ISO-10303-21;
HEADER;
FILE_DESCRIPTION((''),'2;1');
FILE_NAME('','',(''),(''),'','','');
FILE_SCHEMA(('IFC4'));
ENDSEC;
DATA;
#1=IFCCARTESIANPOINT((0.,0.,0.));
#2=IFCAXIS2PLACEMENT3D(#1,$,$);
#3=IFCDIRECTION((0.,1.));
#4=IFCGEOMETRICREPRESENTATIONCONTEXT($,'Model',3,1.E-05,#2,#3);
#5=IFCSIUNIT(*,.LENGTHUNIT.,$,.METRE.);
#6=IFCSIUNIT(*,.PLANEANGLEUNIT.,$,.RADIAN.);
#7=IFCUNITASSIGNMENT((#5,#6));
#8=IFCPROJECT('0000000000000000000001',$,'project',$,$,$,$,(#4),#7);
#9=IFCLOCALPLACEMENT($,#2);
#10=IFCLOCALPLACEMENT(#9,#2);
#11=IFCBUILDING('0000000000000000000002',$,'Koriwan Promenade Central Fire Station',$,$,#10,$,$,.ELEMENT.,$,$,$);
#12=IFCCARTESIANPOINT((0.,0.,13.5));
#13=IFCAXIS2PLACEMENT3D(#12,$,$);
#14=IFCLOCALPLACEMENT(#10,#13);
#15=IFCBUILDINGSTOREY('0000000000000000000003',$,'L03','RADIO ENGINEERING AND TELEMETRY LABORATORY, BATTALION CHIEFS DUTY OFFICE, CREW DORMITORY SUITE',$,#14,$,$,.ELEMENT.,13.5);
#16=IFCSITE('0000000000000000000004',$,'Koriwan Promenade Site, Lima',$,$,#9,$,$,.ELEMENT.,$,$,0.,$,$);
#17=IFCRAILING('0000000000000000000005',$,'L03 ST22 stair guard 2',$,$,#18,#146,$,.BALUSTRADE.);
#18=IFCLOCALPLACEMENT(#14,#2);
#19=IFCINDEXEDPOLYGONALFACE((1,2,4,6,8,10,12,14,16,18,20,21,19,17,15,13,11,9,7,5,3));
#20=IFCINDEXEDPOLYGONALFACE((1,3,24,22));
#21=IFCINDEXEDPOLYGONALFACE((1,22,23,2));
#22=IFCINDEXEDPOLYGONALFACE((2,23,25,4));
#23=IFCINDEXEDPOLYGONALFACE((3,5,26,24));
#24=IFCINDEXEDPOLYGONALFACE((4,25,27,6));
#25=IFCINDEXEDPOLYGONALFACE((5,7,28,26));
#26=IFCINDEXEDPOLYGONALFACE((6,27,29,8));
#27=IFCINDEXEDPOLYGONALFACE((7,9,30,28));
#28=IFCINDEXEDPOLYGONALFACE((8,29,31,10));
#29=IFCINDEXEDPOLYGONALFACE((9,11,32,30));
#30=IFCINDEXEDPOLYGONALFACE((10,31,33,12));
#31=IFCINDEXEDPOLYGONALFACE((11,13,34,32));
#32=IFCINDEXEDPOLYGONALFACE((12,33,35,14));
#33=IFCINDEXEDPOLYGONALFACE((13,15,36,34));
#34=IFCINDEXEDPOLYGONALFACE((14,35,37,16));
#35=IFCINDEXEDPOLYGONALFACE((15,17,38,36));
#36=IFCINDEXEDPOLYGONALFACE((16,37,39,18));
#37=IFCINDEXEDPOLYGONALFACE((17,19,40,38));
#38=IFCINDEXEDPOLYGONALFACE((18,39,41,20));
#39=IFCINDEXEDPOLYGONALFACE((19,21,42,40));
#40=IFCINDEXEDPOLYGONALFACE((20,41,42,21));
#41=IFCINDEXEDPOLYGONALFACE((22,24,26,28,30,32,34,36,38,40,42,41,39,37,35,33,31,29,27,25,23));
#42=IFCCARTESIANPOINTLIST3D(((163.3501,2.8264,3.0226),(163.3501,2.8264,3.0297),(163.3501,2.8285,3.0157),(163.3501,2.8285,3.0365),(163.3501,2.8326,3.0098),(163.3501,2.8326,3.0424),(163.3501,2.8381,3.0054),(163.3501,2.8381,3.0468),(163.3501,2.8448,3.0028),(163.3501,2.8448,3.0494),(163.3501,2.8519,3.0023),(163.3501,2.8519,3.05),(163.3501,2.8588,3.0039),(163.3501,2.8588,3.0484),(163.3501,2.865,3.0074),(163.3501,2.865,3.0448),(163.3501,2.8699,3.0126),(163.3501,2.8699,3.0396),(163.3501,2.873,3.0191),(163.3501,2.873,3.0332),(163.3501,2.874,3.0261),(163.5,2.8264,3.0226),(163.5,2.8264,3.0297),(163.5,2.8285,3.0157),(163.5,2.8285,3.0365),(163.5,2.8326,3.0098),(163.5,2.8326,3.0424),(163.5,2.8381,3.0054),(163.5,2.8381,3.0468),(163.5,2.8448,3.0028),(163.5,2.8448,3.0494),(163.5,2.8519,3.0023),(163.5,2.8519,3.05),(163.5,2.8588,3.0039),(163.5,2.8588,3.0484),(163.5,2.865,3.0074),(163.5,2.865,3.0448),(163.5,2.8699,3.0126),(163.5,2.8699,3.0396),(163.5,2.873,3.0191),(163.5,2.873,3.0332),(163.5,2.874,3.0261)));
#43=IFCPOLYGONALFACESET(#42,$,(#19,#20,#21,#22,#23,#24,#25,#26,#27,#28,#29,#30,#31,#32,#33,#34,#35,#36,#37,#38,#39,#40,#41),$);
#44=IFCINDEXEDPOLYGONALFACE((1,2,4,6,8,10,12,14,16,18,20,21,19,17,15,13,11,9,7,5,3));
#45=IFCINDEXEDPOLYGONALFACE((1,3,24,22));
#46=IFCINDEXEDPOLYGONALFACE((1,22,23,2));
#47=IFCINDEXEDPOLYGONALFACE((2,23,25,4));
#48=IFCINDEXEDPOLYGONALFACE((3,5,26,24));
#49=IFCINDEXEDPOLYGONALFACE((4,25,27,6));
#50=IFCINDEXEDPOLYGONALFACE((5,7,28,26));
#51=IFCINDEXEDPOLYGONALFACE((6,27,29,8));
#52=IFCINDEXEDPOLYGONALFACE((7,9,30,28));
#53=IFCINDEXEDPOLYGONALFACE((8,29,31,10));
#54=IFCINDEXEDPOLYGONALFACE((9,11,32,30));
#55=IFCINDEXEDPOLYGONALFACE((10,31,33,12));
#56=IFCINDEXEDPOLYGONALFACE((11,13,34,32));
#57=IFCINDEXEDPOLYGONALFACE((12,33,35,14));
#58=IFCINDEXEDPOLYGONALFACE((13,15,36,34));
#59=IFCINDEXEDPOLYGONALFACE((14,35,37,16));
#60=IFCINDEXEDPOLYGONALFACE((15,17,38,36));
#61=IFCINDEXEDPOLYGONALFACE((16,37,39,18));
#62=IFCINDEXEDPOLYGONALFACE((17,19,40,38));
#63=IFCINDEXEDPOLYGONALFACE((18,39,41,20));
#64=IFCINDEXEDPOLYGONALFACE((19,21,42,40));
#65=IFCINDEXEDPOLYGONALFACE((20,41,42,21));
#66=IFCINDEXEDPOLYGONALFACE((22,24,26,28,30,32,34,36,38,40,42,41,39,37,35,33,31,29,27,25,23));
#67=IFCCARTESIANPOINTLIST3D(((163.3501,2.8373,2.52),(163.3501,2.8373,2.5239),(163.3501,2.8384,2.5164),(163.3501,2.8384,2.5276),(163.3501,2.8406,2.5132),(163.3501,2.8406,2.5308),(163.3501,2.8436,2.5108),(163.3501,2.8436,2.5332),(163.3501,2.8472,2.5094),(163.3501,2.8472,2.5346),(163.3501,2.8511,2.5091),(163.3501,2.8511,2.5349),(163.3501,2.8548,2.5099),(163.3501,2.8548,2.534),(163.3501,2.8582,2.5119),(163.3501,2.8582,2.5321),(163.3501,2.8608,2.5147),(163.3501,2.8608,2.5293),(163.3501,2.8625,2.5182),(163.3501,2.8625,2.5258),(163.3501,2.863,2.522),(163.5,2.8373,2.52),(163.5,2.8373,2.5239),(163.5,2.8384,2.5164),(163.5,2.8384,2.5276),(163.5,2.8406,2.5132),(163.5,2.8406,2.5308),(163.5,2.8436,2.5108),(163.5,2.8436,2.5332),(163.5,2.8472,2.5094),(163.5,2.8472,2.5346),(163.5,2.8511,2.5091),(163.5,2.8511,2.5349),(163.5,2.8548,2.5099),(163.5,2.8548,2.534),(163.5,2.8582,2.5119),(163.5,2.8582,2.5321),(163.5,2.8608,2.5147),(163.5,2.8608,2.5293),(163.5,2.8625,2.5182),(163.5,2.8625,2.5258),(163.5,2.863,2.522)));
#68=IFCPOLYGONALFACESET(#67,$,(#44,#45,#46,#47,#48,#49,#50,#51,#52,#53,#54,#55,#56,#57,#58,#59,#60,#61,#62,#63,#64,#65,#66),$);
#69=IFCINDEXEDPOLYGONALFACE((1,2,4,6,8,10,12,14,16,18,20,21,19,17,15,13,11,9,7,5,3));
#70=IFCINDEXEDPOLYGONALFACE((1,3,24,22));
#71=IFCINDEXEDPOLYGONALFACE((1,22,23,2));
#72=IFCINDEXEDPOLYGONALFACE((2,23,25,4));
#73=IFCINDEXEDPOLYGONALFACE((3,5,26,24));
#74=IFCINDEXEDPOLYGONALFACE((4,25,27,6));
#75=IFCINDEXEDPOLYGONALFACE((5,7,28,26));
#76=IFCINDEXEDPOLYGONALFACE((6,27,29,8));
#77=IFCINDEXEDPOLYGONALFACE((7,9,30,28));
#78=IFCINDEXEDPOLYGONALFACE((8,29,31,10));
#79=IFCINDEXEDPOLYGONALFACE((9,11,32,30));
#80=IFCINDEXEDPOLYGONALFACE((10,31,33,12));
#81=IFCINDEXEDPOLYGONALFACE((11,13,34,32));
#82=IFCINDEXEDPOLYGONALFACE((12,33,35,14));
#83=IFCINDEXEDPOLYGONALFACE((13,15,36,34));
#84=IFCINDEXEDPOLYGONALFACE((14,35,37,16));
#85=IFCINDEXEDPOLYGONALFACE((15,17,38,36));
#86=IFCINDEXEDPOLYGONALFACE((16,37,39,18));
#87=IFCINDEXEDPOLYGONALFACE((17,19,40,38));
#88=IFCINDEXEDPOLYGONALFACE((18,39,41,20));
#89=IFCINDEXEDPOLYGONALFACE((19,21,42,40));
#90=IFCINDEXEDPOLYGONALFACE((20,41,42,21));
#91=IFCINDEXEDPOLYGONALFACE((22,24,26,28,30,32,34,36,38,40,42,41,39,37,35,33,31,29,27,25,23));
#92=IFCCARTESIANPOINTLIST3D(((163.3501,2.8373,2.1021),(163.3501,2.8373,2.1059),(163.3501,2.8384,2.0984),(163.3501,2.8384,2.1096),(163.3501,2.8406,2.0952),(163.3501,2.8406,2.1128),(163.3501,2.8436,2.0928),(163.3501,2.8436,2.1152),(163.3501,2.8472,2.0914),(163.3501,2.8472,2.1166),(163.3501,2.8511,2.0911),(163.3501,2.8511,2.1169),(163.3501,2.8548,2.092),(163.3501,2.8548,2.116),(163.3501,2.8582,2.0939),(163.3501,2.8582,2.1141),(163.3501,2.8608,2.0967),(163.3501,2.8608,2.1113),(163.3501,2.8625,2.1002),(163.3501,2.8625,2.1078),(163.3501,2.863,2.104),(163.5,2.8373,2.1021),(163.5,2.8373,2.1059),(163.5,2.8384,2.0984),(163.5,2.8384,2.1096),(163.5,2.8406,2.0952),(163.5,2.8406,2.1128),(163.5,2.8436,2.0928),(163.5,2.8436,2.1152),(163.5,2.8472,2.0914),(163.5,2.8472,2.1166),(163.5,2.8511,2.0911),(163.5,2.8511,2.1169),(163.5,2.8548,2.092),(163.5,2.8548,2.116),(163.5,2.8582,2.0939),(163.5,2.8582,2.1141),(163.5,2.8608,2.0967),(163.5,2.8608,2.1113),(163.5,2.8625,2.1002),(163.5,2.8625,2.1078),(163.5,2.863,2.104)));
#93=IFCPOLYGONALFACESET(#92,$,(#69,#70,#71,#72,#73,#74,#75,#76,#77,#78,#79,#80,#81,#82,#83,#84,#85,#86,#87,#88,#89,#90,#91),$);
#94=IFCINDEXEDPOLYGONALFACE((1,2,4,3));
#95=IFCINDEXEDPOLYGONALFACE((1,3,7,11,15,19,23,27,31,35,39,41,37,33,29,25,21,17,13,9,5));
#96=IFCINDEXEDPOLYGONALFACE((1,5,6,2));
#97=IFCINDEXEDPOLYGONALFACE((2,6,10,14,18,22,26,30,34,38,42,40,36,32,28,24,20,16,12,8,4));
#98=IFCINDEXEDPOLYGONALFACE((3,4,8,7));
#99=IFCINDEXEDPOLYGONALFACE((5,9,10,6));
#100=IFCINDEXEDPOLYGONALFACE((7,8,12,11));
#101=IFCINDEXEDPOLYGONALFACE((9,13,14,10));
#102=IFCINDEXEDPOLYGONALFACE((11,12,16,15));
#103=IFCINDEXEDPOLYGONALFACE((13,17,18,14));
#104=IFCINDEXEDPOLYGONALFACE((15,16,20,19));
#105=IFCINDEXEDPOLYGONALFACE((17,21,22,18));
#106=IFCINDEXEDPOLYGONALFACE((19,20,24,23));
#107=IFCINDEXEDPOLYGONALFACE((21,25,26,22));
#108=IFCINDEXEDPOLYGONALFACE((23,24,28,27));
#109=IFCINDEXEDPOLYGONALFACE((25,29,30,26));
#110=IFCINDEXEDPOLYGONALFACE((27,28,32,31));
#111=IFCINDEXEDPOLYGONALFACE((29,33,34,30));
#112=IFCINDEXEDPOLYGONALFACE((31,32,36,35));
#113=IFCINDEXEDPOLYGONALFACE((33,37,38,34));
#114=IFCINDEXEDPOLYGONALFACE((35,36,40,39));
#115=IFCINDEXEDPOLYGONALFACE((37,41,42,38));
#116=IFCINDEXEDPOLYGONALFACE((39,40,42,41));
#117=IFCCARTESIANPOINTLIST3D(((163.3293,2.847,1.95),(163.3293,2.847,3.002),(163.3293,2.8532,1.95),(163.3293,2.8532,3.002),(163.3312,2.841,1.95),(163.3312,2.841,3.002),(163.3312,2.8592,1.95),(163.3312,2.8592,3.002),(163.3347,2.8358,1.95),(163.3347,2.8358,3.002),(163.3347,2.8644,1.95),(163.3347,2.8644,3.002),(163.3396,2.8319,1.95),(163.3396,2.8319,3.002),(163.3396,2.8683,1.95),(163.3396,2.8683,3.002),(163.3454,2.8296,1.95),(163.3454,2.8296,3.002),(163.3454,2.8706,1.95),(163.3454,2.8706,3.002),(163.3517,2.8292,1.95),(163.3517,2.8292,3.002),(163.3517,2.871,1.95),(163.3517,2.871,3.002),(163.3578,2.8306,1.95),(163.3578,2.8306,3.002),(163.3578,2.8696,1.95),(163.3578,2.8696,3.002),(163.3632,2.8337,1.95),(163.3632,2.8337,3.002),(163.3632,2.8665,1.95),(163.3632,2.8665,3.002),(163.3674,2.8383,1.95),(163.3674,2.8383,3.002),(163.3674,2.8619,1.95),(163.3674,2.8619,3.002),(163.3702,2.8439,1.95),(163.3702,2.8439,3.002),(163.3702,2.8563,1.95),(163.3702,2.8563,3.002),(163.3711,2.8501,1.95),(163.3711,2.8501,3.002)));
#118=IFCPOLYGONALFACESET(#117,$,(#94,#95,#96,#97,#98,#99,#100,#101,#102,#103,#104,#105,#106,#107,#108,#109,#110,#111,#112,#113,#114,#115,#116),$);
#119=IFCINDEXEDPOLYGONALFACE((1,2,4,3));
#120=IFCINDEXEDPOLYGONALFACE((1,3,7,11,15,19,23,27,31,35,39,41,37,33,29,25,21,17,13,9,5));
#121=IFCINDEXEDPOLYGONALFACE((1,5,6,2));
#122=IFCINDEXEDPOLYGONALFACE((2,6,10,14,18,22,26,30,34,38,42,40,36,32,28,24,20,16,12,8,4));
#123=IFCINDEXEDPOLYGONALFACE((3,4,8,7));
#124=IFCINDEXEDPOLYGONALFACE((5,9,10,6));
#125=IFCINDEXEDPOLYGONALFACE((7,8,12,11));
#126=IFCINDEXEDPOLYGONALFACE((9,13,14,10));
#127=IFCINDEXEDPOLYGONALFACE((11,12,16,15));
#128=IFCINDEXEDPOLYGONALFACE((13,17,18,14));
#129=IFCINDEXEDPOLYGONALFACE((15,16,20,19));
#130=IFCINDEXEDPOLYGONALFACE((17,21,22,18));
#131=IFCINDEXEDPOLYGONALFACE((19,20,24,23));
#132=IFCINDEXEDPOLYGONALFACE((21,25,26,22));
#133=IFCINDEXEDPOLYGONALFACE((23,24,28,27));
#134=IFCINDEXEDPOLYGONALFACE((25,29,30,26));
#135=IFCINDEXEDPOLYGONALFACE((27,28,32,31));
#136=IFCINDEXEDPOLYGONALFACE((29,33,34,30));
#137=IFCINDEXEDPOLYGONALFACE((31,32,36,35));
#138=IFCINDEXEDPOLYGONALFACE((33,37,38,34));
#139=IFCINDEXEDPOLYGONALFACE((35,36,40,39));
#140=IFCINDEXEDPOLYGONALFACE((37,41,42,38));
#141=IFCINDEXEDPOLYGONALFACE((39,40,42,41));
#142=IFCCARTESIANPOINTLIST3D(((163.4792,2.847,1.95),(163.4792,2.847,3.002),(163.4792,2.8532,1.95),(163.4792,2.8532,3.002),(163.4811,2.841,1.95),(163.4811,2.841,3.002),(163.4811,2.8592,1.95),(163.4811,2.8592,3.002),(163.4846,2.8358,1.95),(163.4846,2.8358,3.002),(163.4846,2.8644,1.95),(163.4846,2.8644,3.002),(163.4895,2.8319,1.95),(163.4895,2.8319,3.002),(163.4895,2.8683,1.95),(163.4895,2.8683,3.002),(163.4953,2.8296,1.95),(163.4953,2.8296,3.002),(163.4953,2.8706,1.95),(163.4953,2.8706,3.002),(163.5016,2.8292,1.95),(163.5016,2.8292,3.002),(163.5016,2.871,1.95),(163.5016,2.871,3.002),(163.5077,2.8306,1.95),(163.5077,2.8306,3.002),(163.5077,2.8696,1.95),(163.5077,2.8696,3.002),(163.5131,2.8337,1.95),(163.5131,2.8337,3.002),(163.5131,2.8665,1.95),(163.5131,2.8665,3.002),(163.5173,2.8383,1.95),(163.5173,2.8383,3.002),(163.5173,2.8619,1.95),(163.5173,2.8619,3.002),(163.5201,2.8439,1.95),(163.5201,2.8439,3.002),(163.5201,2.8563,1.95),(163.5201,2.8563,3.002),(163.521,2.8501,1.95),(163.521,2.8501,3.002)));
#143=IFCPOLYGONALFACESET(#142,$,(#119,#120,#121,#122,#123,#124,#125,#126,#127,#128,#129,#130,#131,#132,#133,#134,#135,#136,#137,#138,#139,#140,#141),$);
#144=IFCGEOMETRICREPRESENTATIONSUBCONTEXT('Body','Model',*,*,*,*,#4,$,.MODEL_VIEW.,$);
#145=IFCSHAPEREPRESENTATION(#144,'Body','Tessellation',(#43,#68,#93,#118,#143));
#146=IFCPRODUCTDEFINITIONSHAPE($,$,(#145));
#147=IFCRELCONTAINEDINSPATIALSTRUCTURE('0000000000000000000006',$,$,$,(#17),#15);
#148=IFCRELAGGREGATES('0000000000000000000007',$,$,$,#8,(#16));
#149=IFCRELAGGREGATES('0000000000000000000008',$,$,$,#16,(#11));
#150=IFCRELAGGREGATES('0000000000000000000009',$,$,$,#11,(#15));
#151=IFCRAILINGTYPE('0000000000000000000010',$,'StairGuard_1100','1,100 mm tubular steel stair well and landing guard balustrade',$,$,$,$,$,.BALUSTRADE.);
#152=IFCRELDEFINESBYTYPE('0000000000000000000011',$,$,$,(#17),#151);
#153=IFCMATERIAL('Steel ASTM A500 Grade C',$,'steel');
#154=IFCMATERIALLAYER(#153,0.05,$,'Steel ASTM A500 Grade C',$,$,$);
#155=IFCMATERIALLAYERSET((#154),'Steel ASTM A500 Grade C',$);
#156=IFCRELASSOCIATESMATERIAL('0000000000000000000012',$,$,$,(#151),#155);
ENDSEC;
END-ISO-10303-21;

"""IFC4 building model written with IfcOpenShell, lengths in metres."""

from ifc_helpers import new_model, si_unit, direction, frame, origin, origin_2d, place, context, subcontext, project, spatial, circle, extrude, material, layer, layer_set, type_object, element, save


model = new_model("IFC4")

# Units and contexts
model_context = context("Model", 3, precision=1e-05, world=origin(), true_north=direction((0.0, 1.0)))
body_context = subcontext(model_context, "Body", "Model", "MODEL_VIEW")
ifc_project = project(units=[si_unit("LENGTHUNIT", "METRE"), si_unit("PLANEANGLEUNIT", "RADIAN")], contexts=[model_context])

# Site, building, storey
site_placement = place(None, origin())
site = spatial("IfcSite", under=ifc_project, at=site_placement, Name="Koriwan Promenade Site, Lima", CompositionType="ELEMENT", RefElevation=0.0)
building_placement = place(site_placement, origin())
building = spatial("IfcBuilding", under=site, at=building_placement, Name="Koriwan Promenade Central Fire Station", CompositionType="ELEMENT")
storey_placement = place(building_placement, frame((0.0, 0.0, 13.5)))
storey = spatial("IfcBuildingStorey", under=building, at=storey_placement, Name="L03", Description="RADIO ENGINEERING AND TELEMETRY LABORATORY, BATTALION CHIEFS DUTY OFFICE, CREW DORMITORY SUITE", CompositionType="ELEMENT", Elevation=13.5)

# Railing
ifc_material_1 = material(Name="Steel ASTM A500 Grade C", Category="steel")
ifc_layer_1 = layer(ifc_material_1, 0.05, Name="Steel ASTM A500 Grade C")
ifc_layer_set_1 = layer_set([ifc_layer_1], Name="Steel ASTM A500 Grade C")
railing_type_1 = type_object("IfcRailingType", Name="StairGuard_1100", Description="1,100 mm tubular steel stair well and landing guard balustrade", PredefinedType="BALUSTRADE", material=ifc_layer_set_1)
railing_1_placement = place(storey_placement, frame((163.3501, 2.8501, 1.95)))
element("IfcRailing", 1, at=railing_1_placement, inside=storey, type_object=railing_type_1, Name="L03 ST22 stair guard 2", PredefinedType="BALUSTRADE", context=body_context, shape_type="SweptSolid", body=[
    extrude(circle(Radius=0.0239, at=origin_2d()), frame((0.0, 0.0, 1.0762), z_axis=(1.0, 0.0, 0.0), x_axis=(0.0, 1.0, 0.0)), (0.0, 0.0, 1.0), 0.1499),
    extrude(circle(Radius=0.0129, at=origin_2d()), frame((0.0, 0.0, 0.572), z_axis=(1.0, 0.0, 0.0), x_axis=(0.0, 1.0, 0.0)), (0.0, 0.0, 1.0), 0.1499),
    extrude(circle(Radius=0.0129, at=origin_2d()), frame((0.0, 0.0, 0.1541), z_axis=(1.0, 0.0, 0.0), x_axis=(0.0, 1.0, 0.0)), (0.0, 0.0, 1.0), 0.1499),
    extrude(circle(Radius=0.021, at=origin_2d()), origin(), (0.0, 0.0, 1.0), 1.052),
    extrude(circle(Radius=0.021, at=origin_2d()), frame((0.1499, 0.0, 0.0)), (0.0, 0.0, 1.0), 1.052),
])

save(model, "model.ifc")
